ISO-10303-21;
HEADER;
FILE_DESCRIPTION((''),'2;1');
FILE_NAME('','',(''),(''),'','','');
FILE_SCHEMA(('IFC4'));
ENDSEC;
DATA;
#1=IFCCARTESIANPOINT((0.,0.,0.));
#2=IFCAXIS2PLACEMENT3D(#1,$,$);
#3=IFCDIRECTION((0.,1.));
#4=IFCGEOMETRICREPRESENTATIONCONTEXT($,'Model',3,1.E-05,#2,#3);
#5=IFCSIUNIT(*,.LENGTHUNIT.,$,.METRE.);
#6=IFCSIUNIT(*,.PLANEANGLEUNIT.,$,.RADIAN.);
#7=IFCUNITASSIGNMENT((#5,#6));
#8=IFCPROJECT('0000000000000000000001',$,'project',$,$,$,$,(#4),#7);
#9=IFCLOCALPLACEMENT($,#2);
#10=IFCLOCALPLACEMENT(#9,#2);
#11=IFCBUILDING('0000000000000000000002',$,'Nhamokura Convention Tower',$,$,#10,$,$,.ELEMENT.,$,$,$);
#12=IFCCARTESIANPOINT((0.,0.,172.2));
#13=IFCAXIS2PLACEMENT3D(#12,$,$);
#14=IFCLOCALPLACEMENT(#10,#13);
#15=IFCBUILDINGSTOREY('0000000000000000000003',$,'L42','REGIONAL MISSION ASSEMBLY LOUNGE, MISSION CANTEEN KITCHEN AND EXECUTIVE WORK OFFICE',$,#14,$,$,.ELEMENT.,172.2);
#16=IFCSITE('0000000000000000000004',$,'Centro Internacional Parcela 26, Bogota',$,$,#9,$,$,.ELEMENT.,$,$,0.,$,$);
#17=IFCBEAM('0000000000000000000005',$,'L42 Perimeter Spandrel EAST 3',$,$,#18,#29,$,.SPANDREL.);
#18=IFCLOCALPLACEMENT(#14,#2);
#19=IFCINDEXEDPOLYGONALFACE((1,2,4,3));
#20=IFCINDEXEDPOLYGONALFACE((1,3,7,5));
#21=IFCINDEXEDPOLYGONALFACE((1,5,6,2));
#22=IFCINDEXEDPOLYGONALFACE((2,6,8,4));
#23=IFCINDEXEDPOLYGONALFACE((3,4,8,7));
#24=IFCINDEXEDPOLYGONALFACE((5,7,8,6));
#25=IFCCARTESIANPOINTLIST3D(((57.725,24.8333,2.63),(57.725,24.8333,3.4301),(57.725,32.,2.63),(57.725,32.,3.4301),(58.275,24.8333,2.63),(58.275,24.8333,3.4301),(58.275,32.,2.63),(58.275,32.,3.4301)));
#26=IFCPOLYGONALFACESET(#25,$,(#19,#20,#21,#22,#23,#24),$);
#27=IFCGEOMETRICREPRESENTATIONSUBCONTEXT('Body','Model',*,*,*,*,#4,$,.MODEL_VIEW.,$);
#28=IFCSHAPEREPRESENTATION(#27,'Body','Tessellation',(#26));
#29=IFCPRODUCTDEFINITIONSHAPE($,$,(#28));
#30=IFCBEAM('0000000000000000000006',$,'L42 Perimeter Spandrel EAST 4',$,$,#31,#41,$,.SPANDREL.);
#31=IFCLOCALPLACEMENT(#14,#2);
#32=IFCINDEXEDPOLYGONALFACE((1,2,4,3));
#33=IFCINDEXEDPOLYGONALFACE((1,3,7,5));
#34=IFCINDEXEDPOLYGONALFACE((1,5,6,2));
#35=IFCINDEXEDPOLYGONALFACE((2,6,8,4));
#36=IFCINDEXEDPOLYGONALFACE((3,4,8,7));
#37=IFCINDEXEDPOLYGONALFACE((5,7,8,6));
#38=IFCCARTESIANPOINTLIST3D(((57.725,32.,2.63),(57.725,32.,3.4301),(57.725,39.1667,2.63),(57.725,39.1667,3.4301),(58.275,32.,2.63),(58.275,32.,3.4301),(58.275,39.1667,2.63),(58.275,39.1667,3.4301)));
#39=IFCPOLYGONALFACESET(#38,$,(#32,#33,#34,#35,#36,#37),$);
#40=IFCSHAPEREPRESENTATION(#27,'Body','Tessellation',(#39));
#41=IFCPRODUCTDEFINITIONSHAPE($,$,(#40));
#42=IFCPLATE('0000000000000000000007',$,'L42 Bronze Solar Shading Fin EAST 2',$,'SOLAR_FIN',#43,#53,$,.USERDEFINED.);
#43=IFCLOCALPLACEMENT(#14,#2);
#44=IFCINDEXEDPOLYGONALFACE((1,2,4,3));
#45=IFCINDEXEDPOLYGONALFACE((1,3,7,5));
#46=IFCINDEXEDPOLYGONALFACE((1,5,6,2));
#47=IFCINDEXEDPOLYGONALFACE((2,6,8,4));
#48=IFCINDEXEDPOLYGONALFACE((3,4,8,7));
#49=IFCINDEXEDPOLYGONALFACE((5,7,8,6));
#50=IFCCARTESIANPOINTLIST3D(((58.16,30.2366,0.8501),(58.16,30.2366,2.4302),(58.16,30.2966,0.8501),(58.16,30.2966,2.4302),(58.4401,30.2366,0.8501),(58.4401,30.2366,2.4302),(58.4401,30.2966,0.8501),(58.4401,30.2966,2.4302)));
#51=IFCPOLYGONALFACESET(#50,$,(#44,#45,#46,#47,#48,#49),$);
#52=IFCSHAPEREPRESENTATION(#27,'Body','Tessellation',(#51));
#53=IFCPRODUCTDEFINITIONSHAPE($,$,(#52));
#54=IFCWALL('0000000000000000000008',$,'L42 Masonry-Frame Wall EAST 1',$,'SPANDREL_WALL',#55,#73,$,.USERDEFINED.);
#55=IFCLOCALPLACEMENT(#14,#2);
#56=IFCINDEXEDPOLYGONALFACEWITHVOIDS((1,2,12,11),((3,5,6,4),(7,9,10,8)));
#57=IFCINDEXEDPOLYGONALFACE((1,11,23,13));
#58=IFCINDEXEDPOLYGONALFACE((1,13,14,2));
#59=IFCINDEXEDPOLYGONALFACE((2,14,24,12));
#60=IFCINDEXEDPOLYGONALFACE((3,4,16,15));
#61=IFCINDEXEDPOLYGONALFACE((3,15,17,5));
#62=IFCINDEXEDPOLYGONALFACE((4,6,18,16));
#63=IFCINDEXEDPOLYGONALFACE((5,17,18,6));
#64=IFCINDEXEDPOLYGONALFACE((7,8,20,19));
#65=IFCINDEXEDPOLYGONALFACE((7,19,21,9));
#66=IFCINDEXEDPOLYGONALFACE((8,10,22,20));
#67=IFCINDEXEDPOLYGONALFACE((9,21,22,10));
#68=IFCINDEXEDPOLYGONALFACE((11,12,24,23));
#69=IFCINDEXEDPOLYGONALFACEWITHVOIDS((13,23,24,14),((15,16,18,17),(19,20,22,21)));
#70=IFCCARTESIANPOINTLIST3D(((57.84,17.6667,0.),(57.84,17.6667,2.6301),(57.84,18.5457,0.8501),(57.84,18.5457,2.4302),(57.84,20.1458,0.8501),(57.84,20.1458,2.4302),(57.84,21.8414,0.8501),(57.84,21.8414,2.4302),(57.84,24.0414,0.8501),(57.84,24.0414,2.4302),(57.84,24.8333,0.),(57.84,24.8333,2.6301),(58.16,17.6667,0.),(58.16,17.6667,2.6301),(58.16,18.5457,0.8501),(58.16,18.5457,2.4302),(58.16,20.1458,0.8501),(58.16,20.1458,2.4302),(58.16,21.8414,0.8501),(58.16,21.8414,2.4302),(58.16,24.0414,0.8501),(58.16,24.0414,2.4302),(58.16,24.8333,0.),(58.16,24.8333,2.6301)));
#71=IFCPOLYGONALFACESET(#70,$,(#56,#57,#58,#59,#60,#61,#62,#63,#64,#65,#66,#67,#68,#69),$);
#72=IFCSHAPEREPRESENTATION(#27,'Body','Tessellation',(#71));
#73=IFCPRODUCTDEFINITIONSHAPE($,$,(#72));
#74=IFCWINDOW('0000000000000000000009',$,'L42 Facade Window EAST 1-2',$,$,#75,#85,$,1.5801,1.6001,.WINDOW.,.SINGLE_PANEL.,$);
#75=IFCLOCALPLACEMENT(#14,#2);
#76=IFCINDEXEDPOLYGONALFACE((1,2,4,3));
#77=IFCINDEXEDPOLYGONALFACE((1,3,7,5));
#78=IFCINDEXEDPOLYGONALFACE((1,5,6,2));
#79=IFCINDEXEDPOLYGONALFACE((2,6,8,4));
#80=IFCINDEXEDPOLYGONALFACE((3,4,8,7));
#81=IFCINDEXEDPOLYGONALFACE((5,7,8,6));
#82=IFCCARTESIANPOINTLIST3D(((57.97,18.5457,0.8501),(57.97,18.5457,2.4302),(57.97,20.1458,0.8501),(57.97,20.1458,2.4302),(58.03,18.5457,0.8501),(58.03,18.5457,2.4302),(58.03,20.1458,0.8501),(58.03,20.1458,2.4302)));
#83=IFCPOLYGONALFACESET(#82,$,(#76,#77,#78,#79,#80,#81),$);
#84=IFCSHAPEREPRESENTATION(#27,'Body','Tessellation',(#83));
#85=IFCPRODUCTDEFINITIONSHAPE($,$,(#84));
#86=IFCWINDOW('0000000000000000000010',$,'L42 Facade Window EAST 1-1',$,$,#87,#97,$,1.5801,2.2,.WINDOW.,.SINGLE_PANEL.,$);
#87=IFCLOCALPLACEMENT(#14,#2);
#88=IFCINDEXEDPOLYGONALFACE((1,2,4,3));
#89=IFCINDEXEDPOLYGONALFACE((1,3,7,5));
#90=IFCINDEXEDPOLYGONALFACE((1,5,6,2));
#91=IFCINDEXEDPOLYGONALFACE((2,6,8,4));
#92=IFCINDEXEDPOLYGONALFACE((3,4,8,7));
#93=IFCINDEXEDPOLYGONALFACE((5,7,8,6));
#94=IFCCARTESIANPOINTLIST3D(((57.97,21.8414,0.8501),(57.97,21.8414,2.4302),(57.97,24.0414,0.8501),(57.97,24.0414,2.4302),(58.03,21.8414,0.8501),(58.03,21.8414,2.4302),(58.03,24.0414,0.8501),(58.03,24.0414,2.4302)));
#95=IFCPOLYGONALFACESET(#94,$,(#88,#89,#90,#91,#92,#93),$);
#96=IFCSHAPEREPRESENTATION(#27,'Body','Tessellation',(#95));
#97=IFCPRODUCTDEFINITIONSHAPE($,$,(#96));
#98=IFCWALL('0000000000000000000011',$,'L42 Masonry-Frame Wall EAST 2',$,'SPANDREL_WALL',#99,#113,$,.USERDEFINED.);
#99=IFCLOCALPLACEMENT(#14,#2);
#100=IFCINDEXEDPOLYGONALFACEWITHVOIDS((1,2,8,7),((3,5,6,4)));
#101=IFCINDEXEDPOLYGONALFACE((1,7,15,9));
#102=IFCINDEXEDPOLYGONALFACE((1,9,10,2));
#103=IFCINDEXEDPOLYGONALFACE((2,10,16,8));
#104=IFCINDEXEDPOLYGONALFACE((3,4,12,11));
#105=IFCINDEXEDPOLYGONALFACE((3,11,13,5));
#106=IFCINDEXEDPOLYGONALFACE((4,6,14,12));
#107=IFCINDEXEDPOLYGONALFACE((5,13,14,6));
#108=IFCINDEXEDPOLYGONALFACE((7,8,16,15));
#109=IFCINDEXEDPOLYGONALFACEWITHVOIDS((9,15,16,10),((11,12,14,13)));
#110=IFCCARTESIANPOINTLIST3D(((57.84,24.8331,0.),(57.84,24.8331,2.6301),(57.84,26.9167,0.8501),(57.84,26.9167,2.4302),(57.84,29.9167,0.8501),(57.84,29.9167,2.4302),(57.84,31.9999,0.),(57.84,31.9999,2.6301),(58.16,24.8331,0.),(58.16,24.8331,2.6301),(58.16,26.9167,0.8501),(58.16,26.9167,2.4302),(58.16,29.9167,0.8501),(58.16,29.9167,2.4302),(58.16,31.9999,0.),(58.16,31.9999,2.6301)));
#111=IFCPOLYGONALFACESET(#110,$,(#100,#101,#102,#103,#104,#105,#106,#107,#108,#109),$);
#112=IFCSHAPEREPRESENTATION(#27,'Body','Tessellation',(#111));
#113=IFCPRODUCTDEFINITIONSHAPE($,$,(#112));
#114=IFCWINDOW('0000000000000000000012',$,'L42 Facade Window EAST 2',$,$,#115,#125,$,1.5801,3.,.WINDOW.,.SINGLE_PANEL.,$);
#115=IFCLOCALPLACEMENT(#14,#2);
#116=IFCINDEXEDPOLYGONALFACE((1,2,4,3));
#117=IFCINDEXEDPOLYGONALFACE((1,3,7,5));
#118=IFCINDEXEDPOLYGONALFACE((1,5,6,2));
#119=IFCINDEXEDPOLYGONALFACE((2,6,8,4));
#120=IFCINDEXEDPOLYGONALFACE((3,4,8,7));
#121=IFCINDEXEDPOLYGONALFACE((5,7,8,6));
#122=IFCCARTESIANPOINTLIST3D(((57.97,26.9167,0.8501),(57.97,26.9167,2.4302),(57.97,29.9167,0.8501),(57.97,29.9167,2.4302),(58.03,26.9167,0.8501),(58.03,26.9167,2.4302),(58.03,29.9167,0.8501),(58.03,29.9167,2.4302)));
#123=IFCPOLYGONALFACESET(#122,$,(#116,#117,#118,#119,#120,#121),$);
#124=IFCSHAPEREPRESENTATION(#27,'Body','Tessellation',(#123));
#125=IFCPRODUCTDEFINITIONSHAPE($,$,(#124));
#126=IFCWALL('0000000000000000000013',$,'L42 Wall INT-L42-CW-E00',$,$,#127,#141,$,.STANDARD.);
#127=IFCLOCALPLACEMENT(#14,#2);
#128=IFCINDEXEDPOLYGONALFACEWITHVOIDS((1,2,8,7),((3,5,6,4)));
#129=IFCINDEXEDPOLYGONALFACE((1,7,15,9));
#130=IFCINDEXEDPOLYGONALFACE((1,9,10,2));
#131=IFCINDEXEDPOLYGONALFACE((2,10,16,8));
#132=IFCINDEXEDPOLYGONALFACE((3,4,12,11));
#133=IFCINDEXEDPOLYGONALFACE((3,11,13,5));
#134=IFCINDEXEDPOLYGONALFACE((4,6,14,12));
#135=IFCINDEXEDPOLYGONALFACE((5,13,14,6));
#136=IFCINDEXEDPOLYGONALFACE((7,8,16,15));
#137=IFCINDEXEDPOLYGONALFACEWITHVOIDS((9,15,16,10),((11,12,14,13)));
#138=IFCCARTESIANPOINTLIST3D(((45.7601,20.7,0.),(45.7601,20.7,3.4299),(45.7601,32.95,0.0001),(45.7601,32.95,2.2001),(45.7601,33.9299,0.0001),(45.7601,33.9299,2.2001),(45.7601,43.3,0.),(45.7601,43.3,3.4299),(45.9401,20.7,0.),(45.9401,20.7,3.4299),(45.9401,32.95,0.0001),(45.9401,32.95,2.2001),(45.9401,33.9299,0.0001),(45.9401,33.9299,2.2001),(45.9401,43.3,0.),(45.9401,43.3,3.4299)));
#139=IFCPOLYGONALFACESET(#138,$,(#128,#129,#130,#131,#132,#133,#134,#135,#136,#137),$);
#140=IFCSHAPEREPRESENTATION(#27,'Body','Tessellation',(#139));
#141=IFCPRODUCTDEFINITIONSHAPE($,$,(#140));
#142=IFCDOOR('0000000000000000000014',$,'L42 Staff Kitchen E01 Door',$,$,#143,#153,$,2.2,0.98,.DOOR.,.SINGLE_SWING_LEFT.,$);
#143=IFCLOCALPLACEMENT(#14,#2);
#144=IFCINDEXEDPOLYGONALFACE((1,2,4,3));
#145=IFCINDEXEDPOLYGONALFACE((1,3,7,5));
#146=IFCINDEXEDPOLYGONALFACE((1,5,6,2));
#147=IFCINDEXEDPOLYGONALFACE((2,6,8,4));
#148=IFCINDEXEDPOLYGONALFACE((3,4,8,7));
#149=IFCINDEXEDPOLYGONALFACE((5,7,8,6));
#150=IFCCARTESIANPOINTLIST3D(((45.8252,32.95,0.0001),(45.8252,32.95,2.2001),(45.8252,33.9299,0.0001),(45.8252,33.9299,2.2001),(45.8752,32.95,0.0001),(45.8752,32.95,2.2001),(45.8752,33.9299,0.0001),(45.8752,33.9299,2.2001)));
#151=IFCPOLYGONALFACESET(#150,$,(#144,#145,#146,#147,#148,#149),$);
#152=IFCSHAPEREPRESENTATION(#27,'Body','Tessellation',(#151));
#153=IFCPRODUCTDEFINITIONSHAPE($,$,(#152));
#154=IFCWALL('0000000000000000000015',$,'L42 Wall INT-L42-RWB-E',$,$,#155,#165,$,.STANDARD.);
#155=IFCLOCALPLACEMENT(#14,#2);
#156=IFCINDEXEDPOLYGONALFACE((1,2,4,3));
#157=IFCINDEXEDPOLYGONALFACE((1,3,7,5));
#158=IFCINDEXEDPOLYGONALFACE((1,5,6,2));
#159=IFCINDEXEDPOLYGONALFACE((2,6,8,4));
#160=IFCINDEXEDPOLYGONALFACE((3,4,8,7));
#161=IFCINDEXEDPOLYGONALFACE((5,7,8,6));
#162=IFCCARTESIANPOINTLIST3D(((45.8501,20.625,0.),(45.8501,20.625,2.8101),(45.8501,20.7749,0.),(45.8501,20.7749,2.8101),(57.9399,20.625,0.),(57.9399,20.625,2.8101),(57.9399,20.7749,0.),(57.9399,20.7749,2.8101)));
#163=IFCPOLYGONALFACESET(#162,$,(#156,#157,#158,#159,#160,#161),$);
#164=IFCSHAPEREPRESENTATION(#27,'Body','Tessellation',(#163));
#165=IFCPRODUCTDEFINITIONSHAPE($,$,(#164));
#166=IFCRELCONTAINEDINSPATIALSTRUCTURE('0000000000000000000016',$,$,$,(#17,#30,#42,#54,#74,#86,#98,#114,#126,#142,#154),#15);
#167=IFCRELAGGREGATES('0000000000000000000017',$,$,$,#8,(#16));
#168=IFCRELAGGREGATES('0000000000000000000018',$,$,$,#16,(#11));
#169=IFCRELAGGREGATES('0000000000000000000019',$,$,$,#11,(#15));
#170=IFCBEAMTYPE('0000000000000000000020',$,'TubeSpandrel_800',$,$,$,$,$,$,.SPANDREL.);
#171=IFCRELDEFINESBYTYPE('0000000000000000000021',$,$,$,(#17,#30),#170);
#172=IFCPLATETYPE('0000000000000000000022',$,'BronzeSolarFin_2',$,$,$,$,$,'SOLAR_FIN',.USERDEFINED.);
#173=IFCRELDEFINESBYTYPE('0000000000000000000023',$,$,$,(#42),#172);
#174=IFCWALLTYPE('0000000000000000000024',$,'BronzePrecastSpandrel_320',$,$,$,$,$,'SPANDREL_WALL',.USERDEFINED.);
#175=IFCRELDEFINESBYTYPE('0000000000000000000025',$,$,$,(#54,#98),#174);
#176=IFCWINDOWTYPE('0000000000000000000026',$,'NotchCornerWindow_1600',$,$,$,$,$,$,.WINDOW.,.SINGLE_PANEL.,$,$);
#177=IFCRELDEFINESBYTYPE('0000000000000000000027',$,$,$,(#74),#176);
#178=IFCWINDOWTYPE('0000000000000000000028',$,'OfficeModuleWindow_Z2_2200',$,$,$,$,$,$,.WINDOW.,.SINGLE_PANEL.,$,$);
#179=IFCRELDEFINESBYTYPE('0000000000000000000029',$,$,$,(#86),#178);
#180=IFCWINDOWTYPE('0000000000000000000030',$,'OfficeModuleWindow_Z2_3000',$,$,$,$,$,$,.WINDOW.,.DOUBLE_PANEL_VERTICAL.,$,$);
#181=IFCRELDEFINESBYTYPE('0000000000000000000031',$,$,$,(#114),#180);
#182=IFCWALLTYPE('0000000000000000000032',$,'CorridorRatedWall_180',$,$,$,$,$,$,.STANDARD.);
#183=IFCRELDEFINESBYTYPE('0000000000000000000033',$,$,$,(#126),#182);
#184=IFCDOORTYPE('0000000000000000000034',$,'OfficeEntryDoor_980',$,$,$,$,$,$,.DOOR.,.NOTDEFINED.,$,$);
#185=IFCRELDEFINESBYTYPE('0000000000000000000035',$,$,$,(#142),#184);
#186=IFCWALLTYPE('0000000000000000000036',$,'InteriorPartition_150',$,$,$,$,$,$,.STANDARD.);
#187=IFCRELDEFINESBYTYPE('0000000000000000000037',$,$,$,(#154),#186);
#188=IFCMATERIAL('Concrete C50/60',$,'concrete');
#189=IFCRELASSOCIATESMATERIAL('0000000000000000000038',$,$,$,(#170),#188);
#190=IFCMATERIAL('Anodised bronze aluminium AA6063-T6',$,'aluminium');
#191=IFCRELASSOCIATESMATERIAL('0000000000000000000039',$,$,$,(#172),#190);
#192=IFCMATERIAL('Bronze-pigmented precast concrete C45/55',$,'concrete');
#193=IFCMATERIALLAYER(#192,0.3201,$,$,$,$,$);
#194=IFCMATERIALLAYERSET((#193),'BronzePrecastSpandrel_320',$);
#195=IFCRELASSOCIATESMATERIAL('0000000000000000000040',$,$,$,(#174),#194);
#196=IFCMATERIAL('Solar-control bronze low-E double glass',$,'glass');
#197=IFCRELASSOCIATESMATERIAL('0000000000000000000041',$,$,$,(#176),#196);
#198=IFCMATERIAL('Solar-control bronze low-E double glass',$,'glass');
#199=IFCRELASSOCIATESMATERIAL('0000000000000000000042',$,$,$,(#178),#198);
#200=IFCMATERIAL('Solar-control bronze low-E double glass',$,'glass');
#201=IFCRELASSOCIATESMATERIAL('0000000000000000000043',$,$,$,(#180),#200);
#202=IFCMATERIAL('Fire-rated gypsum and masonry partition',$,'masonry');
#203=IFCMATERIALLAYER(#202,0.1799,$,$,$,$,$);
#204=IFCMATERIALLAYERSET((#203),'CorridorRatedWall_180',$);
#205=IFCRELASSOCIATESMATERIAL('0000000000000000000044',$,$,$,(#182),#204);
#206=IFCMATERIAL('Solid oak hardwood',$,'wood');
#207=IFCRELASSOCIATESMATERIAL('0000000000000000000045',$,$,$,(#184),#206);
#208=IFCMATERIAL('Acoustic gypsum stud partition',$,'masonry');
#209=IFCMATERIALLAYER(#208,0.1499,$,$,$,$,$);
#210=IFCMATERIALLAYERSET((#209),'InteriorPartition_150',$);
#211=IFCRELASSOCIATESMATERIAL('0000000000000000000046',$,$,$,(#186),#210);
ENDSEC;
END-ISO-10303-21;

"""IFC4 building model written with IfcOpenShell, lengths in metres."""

from ifc_helpers import new_model, si_unit, direction, frame, frame_2d, origin, origin_2d, place, context, subcontext, project, spatial, rectangle, extrude, material, layer, layer_set, material_profile, profile_set, type_object, element, fill, save


model = new_model("IFC4")

# Units and contexts
model_context = context("Model", 3, precision=1e-05, world=origin(), true_north=direction((0.0, 1.0)))
body_context = subcontext(model_context, "Body", "Model", "MODEL_VIEW")
ifc_project = project(units=[si_unit("LENGTHUNIT", "METRE"), si_unit("PLANEANGLEUNIT", "RADIAN")], contexts=[model_context])

# Site, building, storey
site_placement = place(None, origin())
site = spatial("IfcSite", under=ifc_project, at=site_placement, Name="Centro Internacional Parcela 26, Bogota", CompositionType="ELEMENT", RefElevation=0.0)
building_placement = place(site_placement, origin())
building = spatial("IfcBuilding", under=site, at=building_placement, Name="Nhamokura Convention Tower", CompositionType="ELEMENT")
storey_placement = place(building_placement, frame((0.0, 0.0, 172.2)))
storey = spatial("IfcBuildingStorey", under=building, at=storey_placement, Name="L42", Description="REGIONAL MISSION ASSEMBLY LOUNGE, MISSION CANTEEN KITCHEN AND EXECUTIVE WORK OFFICE", CompositionType="ELEMENT", Elevation=172.2)

# Beams
ifc_material_1 = material(Name="Concrete C50/60", Category="concrete")
ifc_material_profile_1 = material_profile(ifc_material_1, rectangle(XDim=0.55, YDim=0.8, at=origin_2d()))
ifc_profile_set_1 = profile_set([ifc_material_profile_1], Name="Concrete C50/60")
beam_type_1 = type_object("IfcBeamType", Name="TubeSpandrel_800", PredefinedType="SPANDREL", material=ifc_profile_set_1)
for number, where, z_axis, x_axis, name in (
    (1, (58.0, 24.8333, 3.03), (0.0, 1.0, 0.0), (-1.0, 0.0, 0.0), "L42 Perimeter Spandrel EAST 3"),
    (2, (58.0, 32.0, 3.03), (0.0, 1.0, 0.0), (-1.0, 0.0, 0.0), "L42 Perimeter Spandrel EAST 4"),
):
    element("IfcBeam", number, at=place(storey_placement, frame(where, z_axis=z_axis, x_axis=x_axis)), inside=storey, type_object=beam_type_1, Name=name, PredefinedType="SPANDREL", context=body_context, shape_type="SweptSolid", body=[
        extrude(rectangle(XDim=0.55, YDim=0.8, at=origin_2d()), origin(), (0.0, 0.0, 1.0), 7.1667),
    ])

# Plate
ifc_material_2 = material(Name="Anodised bronze aluminium AA6063-T6", Category="aluminium")
plate_type = type_object("IfcPlateType", Name="BronzeSolarFin_2", ElementType="SOLAR_FIN", PredefinedType="USERDEFINED", material=ifc_material_2)
plate_placement = place(storey_placement, frame((58.3, 30.2666, 0.8501), z_axis=(0.0, 0.0, 1.0), x_axis=(1.0, 0.0, 0.0)))
element("IfcPlate", 3, at=plate_placement, inside=storey, type_object=plate_type, Name="L42 Bronze Solar Shading Fin EAST 2", ObjectType="SOLAR_FIN", PredefinedType="USERDEFINED", context=body_context, shape_type="SweptSolid", body=[
    extrude(rectangle(XDim=0.28, YDim=0.0601, at=origin_2d()), origin(), (0.0, 0.0, 1.0), 1.5801),
])

# Wall, openings, windows
ifc_material_3 = material(Name="Bronze-pigmented precast concrete C45/55", Category="concrete")
ifc_layer_1 = layer(ifc_material_3, 0.3201)
ifc_layer_set_1 = layer_set([ifc_layer_1], Name="BronzePrecastSpandrel_320")
wall_type_1 = type_object("IfcWallType", Name="BronzePrecastSpandrel_320", ElementType="SPANDREL_WALL", PredefinedType="USERDEFINED", material=ifc_layer_set_1)
wall_1_placement = place(storey_placement, frame((58.0, 24.8333, 0.0), z_axis=(0.0, 0.0, 1.0), x_axis=(0.0, -1.0, 0.0)))
wall_1 = element("IfcWall", 4, at=wall_1_placement, inside=storey, type_object=wall_type_1, Name="L42 Masonry-Frame Wall EAST 1", ObjectType="SPANDREL_WALL", PredefinedType="USERDEFINED", context=body_context, shape_type="SweptSolid", body=[
    extrude(rectangle(XDim=7.1665, YDim=0.3201, at=frame_2d((3.5833, 0.0))), origin(), (0.0, 0.0, 1.0), 2.6301),
])
opening_1_placement = place(wall_1_placement, frame((0.7917, 0.0, 0.8501)))
opening_1 = element("IfcOpeningElement", 5, at=opening_1_placement, cuts=wall_1, PredefinedType="OPENING", context=body_context, shape_type="SweptSolid", body=[
    extrude(rectangle(XDim=2.2, YDim=1.5801, at=frame_2d((1.1001, 0.79))), frame((0.0, 0.1699, 0.0), z_axis=(0.0, -1.0, 0.0), x_axis=(1.0, 0.0, 0.0)), (0.0, 0.0, 1.0), 0.3401),
])
opening_2_placement = place(wall_1_placement, frame((4.6875, 0.0, 0.8501)))
opening_2 = element("IfcOpeningElement", 6, at=opening_2_placement, cuts=wall_1, PredefinedType="OPENING", context=body_context, shape_type="SweptSolid", body=[
    extrude(rectangle(XDim=1.6001, YDim=1.5801, at=frame_2d((0.8, 0.79))), frame((0.0, 0.1699, 0.0), z_axis=(0.0, -1.0, 0.0), x_axis=(1.0, 0.0, 0.0)), (0.0, 0.0, 1.0), 0.3401),
])
ifc_material_4 = material(Name="Solar-control bronze low-E double glass", Category="glass")
window_type_1 = type_object("IfcWindowType", Name="NotchCornerWindow_1600", PartitioningType="SINGLE_PANEL", PredefinedType="WINDOW", material=ifc_material_4)
window_1_placement = place(opening_2_placement, origin())
window_1 = element("IfcWindow", 7, at=window_1_placement, inside=storey, type_object=window_type_1, Name="L42 Facade Window EAST 1-2", OverallHeight=1.5801, OverallWidth=1.6001, PartitioningType="SINGLE_PANEL", PredefinedType="WINDOW", context=body_context, shape_type="SweptSolid", body=[
    extrude(rectangle(XDim=1.6001, YDim=1.5801, at=frame_2d((0.8, 0.79))), frame((0.0, 0.03, 0.0), z_axis=(0.0, -1.0, 0.0), x_axis=(1.0, 0.0, 0.0)), (0.0, 0.0, 1.0), 0.0601),
])
fill(opening_2, window_1)
ifc_material_5 = material(Name="Solar-control bronze low-E double glass", Category="glass")
window_type_2 = type_object("IfcWindowType", Name="OfficeModuleWindow_Z2_2200", PartitioningType="SINGLE_PANEL", PredefinedType="WINDOW", material=ifc_material_5)
window_2_placement = place(opening_1_placement, origin())
window_2 = element("IfcWindow", 8, at=window_2_placement, inside=storey, type_object=window_type_2, Name="L42 Facade Window EAST 1-1", OverallHeight=1.5801, OverallWidth=2.2, PartitioningType="SINGLE_PANEL", PredefinedType="WINDOW", context=body_context, shape_type="SweptSolid", body=[
    extrude(rectangle(XDim=2.2, YDim=1.5801, at=frame_2d((1.1001, 0.79))), frame((0.0, 0.03, 0.0), z_axis=(0.0, -1.0, 0.0), x_axis=(1.0, 0.0, 0.0)), (0.0, 0.0, 1.0), 0.0601),
])
fill(opening_1, window_2)

# Wall, opening, window
wall_2_placement = place(storey_placement, frame((58.0, 32.0, 0.0), z_axis=(0.0, 0.0, 1.0), x_axis=(0.0, -1.0, 0.0)))
wall_2 = element("IfcWall", 9, at=wall_2_placement, inside=storey, type_object=wall_type_1, Name="L42 Masonry-Frame Wall EAST 2", ObjectType="SPANDREL_WALL", PredefinedType="USERDEFINED", context=body_context, shape_type="SweptSolid", body=[
    extrude(rectangle(XDim=7.1667, YDim=0.3201, at=frame_2d((3.5835, 0.0))), origin(), (0.0, 0.0, 1.0), 2.6301),
])
opening_3_placement = place(wall_2_placement, frame((2.0833, 0.0, 0.8501)))
opening_3 = element("IfcOpeningElement", 10, at=opening_3_placement, cuts=wall_2, PredefinedType="OPENING", context=body_context, shape_type="SweptSolid", body=[
    extrude(rectangle(XDim=3.0, YDim=1.5801, at=frame_2d((1.5, 0.79))), frame((0.0, 0.1699, 0.0), z_axis=(0.0, -1.0, 0.0), x_axis=(1.0, 0.0, 0.0)), (0.0, 0.0, 1.0), 0.3401),
])
ifc_material_6 = material(Name="Solar-control bronze low-E double glass", Category="glass")
window_type_3 = type_object("IfcWindowType", Name="OfficeModuleWindow_Z2_3000", PartitioningType="DOUBLE_PANEL_VERTICAL", PredefinedType="WINDOW", material=ifc_material_6)
window_3_placement = place(opening_3_placement, origin())
window_3 = element("IfcWindow", 11, at=window_3_placement, inside=storey, type_object=window_type_3, Name="L42 Facade Window EAST 2", OverallHeight=1.5801, OverallWidth=3.0, PartitioningType="SINGLE_PANEL", PredefinedType="WINDOW", context=body_context, shape_type="SweptSolid", body=[
    extrude(rectangle(XDim=3.0, YDim=1.5801, at=frame_2d((1.5, 0.79))), frame((0.0, 0.03, 0.0), z_axis=(0.0, -1.0, 0.0), x_axis=(1.0, 0.0, 0.0)), (0.0, 0.0, 1.0), 0.0601),
])
fill(opening_3, window_3)

# Wall, opening, door
ifc_material_7 = material(Name="Fire-rated gypsum and masonry partition", Category="masonry")
ifc_layer_2 = layer(ifc_material_7, 0.1799)
ifc_layer_set_2 = layer_set([ifc_layer_2], Name="CorridorRatedWall_180")
wall_type_2 = type_object("IfcWallType", Name="CorridorRatedWall_180", PredefinedType="STANDARD", material=ifc_layer_set_2)
wall_3_placement = place(storey_placement, frame((45.8501, 20.7, 0.0), z_axis=(0.0, 0.0, 1.0), x_axis=(0.0, 1.0, 0.0)))
wall_3 = element("IfcWall", 12, at=wall_3_placement, inside=storey, type_object=wall_type_2, Name="L42 Wall INT-L42-CW-E00", PredefinedType="STANDARD", context=body_context, shape_type="SweptSolid", body=[
    extrude(rectangle(XDim=22.6001, YDim=0.1799, at=frame_2d((11.3, 0.0))), origin(), (0.0, 0.0, 1.0), 3.4299),
])
opening_4_placement = place(wall_3_placement, frame((12.25, 0.0, 0.0)))
opening_4 = element("IfcOpeningElement", 13, at=opening_4_placement, cuts=wall_3, PredefinedType="OPENING", context=body_context, shape_type="SweptSolid", body=[
    extrude(rectangle(XDim=0.98, YDim=2.2, at=frame_2d((0.49, 1.1001))), frame((0.0, 0.0999, 0.0), z_axis=(0.0, -1.0, 0.0), x_axis=(1.0, 0.0, 0.0)), (0.0, 0.0, 1.0), 0.2),
])
ifc_material_8 = material(Name="Solid oak hardwood", Category="wood")
door_type = type_object("IfcDoorType", Name="OfficeEntryDoor_980", OperationType="NOTDEFINED", PredefinedType="DOOR", material=ifc_material_8)
door_placement = place(opening_4_placement, origin())
door = element("IfcDoor", 14, at=door_placement, inside=storey, type_object=door_type, Name="L42 Staff Kitchen E01 Door", OperationType="SINGLE_SWING_LEFT", OverallHeight=2.2, OverallWidth=0.98, PredefinedType="DOOR", context=body_context, shape_type="SweptSolid", body=[
    extrude(rectangle(XDim=0.98, YDim=2.2, at=frame_2d((0.49, 1.1001))), frame((0.0, 0.0249, 0.0), z_axis=(0.0, -1.0, 0.0), x_axis=(1.0, 0.0, 0.0)), (0.0, 0.0, 1.0), 0.05),
])
fill(opening_4, door)

# Wall
ifc_material_9 = material(Name="Acoustic gypsum stud partition", Category="masonry")
ifc_layer_3 = layer(ifc_material_9, 0.1499)
ifc_layer_set_3 = layer_set([ifc_layer_3], Name="InteriorPartition_150")
wall_type_3 = type_object("IfcWallType", Name="InteriorPartition_150", PredefinedType="STANDARD", material=ifc_layer_set_3)
wall_4_placement = place(storey_placement, frame((45.8501, 20.7, 0.0), z_axis=(0.0, 0.0, 1.0), x_axis=(1.0, 0.0, 0.0)))
element("IfcWall", 15, at=wall_4_placement, inside=storey, type_object=wall_type_3, Name="L42 Wall INT-L42-RWB-E", PredefinedType="STANDARD", context=body_context, shape_type="SweptSolid", body=[
    extrude(rectangle(XDim=12.0898, YDim=0.1499, at=frame_2d((6.0449, 0.0))), origin(), (0.0, 0.0, 1.0), 2.8101),
])

save(model, "model.ifc")
